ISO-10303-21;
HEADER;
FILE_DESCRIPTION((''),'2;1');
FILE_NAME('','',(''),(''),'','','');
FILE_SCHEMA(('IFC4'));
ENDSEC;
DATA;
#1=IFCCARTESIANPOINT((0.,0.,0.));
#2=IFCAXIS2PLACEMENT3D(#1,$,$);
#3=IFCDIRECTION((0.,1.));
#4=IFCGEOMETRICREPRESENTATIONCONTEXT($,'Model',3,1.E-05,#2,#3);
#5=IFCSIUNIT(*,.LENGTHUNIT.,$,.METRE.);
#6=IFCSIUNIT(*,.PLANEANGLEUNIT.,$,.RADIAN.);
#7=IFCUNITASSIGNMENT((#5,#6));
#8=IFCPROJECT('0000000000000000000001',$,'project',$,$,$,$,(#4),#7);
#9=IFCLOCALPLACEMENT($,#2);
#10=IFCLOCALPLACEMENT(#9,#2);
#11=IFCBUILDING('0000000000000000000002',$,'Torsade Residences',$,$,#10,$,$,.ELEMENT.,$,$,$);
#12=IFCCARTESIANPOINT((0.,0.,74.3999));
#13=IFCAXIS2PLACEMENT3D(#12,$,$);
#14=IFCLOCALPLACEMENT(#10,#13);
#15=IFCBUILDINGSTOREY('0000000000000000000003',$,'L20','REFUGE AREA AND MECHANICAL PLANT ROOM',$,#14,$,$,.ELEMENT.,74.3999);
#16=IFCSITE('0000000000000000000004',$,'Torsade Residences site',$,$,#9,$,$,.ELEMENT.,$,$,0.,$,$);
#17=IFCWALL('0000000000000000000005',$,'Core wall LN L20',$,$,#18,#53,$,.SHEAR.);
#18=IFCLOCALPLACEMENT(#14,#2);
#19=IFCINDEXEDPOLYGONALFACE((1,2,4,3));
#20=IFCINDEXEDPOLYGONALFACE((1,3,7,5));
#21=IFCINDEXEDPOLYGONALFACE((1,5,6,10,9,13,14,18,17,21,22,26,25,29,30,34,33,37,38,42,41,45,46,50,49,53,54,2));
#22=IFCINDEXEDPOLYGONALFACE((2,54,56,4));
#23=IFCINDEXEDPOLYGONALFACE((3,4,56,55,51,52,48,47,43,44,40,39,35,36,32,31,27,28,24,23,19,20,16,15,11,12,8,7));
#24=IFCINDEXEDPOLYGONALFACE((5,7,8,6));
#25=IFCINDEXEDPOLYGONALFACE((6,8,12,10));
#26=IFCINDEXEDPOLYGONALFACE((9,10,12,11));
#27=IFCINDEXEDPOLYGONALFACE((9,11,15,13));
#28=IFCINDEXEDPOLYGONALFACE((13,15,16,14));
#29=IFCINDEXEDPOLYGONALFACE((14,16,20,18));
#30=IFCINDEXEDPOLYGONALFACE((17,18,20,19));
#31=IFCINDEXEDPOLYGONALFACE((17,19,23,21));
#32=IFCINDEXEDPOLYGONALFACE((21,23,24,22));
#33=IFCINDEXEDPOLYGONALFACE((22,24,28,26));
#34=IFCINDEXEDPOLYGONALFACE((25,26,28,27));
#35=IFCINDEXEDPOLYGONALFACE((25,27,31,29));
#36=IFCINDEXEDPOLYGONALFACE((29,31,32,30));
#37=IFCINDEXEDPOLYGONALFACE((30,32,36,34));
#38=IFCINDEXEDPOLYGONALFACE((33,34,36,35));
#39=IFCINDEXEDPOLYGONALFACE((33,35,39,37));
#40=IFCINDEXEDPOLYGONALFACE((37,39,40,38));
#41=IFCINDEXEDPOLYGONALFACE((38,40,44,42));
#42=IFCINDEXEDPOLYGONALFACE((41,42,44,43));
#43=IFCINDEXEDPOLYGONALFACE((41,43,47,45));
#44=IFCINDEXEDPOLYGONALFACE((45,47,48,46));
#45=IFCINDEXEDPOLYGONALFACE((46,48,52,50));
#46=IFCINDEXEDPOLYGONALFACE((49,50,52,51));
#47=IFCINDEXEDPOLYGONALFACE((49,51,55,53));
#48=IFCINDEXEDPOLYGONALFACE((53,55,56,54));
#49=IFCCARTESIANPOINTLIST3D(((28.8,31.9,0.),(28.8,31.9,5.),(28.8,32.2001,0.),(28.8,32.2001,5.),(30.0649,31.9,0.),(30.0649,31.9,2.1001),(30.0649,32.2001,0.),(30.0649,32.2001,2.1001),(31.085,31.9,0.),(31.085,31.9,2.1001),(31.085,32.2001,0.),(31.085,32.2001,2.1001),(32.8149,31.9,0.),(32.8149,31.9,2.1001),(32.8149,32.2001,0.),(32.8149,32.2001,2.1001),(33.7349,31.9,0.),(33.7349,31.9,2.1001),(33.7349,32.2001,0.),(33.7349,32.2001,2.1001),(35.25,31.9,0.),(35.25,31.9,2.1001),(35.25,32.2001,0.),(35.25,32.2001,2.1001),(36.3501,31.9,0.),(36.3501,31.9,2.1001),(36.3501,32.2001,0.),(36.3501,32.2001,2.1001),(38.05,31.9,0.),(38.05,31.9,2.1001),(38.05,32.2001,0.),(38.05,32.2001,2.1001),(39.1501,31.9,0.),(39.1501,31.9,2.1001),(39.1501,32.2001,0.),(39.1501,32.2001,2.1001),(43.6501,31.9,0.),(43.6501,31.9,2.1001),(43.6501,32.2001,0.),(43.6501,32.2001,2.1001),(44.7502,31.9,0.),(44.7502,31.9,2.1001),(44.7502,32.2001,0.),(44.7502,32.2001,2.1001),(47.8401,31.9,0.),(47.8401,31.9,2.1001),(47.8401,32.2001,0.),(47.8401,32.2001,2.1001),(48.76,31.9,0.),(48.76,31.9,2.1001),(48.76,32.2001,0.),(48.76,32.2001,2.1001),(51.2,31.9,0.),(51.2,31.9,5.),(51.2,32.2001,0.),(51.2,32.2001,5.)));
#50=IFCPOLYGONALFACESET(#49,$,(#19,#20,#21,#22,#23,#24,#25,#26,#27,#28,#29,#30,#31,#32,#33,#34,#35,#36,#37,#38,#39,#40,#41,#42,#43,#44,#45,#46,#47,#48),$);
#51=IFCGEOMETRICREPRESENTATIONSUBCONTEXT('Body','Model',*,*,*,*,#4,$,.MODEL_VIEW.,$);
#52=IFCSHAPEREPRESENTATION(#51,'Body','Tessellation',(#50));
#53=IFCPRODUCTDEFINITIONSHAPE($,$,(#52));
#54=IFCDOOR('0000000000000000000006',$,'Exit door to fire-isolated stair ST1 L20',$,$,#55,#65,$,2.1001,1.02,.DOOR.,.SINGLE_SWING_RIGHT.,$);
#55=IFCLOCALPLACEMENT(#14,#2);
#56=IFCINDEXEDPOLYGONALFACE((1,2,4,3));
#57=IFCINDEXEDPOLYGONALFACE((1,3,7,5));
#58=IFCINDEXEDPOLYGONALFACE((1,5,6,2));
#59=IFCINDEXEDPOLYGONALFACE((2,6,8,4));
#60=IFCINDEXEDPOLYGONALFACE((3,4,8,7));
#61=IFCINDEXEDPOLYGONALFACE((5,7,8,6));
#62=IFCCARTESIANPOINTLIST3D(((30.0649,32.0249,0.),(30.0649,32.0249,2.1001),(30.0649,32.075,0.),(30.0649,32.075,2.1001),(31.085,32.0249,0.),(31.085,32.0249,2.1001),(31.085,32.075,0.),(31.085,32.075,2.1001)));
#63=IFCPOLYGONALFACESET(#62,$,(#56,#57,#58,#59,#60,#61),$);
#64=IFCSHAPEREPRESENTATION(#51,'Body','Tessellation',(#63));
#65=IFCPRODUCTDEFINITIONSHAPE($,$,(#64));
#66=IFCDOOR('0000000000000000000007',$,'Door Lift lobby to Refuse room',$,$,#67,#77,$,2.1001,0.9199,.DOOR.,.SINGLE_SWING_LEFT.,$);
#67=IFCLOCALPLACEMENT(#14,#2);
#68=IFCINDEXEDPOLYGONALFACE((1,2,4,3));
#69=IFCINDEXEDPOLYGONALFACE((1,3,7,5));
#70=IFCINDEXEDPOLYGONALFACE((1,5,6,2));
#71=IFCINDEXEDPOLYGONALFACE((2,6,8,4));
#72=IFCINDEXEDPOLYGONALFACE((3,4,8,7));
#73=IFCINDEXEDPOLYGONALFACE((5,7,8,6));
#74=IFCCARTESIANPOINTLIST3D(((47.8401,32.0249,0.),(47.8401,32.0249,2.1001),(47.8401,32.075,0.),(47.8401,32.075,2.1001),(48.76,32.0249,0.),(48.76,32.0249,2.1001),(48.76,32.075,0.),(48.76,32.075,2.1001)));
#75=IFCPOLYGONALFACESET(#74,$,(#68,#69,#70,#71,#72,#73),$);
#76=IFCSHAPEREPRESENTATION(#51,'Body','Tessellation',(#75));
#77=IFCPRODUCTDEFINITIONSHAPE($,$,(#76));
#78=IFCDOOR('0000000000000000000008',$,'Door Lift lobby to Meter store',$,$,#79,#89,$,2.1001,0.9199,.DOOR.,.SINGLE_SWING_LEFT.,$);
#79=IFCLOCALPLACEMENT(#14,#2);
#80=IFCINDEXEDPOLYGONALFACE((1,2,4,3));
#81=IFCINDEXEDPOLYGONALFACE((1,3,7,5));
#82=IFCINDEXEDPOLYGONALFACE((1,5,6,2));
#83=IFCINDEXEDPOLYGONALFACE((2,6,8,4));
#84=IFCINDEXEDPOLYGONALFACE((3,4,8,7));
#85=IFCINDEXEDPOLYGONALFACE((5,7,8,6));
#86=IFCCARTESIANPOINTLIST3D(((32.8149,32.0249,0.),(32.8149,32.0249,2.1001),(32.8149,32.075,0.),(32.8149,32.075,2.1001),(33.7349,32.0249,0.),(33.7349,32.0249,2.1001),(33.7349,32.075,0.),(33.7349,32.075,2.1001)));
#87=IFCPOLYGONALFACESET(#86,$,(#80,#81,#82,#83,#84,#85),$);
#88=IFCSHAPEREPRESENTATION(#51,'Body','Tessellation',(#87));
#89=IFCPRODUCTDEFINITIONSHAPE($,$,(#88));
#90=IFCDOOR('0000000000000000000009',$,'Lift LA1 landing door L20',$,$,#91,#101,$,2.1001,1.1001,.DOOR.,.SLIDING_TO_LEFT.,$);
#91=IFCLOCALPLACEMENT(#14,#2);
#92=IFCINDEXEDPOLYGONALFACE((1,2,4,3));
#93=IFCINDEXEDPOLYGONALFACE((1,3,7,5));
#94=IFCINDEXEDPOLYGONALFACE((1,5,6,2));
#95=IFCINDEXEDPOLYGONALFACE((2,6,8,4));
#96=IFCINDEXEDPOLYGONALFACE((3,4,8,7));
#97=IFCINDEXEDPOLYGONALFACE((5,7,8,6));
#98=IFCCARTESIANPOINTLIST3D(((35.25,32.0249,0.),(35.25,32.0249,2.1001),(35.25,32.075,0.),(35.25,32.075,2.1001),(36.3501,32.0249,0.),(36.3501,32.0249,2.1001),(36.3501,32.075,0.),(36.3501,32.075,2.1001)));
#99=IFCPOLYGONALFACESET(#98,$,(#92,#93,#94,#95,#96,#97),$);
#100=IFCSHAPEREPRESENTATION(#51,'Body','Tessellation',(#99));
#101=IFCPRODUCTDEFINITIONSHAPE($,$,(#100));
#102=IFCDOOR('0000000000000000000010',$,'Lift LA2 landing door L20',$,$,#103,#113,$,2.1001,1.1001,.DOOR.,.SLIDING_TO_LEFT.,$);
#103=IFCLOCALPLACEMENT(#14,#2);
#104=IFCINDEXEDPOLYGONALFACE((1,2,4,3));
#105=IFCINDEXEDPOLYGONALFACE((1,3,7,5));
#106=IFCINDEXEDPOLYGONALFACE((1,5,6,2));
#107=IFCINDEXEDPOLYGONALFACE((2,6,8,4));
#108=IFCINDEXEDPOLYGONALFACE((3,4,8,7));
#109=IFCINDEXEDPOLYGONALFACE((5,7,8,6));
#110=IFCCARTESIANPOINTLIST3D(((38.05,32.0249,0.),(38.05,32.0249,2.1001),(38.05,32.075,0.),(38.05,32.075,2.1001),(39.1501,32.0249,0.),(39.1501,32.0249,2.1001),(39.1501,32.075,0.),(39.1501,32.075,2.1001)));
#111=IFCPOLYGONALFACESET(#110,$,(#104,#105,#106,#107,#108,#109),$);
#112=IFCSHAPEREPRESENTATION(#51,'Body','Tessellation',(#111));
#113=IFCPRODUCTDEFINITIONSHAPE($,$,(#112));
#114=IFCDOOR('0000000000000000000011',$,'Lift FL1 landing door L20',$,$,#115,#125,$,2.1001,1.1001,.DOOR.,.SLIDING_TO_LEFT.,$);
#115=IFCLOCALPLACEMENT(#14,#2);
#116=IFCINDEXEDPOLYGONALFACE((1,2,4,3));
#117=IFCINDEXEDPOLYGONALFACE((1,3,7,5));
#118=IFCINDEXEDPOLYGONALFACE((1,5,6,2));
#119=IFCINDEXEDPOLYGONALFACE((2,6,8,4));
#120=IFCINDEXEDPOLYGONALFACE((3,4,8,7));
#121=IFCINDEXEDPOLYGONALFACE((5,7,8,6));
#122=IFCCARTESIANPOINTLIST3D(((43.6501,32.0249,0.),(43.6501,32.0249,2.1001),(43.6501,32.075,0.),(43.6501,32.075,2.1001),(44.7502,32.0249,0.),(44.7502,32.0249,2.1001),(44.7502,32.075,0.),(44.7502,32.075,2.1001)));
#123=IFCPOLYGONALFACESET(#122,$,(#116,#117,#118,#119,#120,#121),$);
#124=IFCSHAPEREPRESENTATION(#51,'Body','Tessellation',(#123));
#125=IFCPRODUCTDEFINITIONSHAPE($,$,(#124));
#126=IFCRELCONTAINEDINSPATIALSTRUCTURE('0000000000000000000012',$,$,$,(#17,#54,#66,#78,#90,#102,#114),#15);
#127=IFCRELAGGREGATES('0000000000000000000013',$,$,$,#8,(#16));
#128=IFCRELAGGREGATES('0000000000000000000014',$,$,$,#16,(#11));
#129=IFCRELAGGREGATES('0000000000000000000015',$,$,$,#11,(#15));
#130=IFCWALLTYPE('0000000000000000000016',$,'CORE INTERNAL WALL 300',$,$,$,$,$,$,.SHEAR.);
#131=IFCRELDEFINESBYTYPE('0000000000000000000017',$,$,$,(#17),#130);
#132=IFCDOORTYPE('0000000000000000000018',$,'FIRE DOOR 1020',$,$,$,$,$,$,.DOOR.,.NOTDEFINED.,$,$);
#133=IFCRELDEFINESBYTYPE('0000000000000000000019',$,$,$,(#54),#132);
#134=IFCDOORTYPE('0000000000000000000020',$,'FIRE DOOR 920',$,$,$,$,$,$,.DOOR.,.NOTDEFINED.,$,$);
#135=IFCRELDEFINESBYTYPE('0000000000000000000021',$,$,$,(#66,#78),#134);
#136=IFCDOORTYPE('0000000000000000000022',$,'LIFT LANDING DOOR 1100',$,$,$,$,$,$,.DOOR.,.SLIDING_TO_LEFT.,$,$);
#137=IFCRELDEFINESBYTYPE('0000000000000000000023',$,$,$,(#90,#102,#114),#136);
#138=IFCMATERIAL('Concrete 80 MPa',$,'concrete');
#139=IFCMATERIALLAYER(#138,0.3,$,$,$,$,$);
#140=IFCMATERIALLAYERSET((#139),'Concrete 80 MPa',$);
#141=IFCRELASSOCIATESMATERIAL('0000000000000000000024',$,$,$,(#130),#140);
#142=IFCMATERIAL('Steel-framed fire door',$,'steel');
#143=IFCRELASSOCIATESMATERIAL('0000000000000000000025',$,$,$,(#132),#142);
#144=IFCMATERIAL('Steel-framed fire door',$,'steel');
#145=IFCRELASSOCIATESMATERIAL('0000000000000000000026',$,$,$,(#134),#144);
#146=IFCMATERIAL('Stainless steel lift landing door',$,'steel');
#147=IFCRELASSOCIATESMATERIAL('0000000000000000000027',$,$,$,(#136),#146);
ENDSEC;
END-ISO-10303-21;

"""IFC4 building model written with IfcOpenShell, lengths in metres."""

from ifc_helpers import new_model, si_unit, direction, frame, frame_2d, origin, place, context, subcontext, project, spatial, rectangle, extrude, material, layer, layer_set, type_object, element, fill, save


model = new_model("IFC4")

# Units and contexts
model_context = context("Model", 3, precision=1e-05, world=origin(), true_north=direction((0.0, 1.0)))
body_context = subcontext(model_context, "Body", "Model", "MODEL_VIEW")
ifc_project = project(units=[si_unit("LENGTHUNIT", "METRE"), si_unit("PLANEANGLEUNIT", "RADIAN")], contexts=[model_context])

# Site, building, storey
site_placement = place(None, origin())
site = spatial("IfcSite", under=ifc_project, at=site_placement, Name="Torsade Residences site", CompositionType="ELEMENT", RefElevation=0.0)
building_placement = place(site_placement, origin())
building = spatial("IfcBuilding", under=site, at=building_placement, Name="Torsade Residences", CompositionType="ELEMENT")
storey_placement = place(building_placement, frame((0.0, 0.0, 74.3999)))
storey = spatial("IfcBuildingStorey", under=building, at=storey_placement, Name="L20", Description="REFUGE AREA AND MECHANICAL PLANT ROOM", CompositionType="ELEMENT", Elevation=74.3999)

# Wall, openings, doors
ifc_material_1 = material(Name="Concrete 80 MPa", Category="concrete")
ifc_layer_1 = layer(ifc_material_1, 0.3)
ifc_layer_set_1 = layer_set([ifc_layer_1], Name="Concrete 80 MPa")
wall_type_1 = type_object("IfcWallType", Name="CORE INTERNAL WALL 300", PredefinedType="SHEAR", material=ifc_layer_set_1)
wall_1_placement = place(storey_placement, frame((28.8, 32.05, 0.0), z_axis=(0.0, 0.0, 1.0), x_axis=(1.0, 0.0, 0.0)))
wall_1 = element("IfcWall", 1, at=wall_1_placement, inside=storey, type_object=wall_type_1, Name="Core wall LN L20", PredefinedType="SHEAR", context=body_context, shape_type="SweptSolid", body=[
    extrude(rectangle(XDim=22.3999, YDim=0.3, at=frame_2d((11.2, 0.0))), origin(), (0.0, 0.0, 1.0), 5.0),
])
opening_1_placement = place(wall_1_placement, frame((19.04, 0.0, 0.0)))
opening_1 = element("IfcOpeningElement", 2, at=opening_1_placement, cuts=wall_1, PredefinedType="OPENING", context=body_context, shape_type="SweptSolid", body=[
    extrude(rectangle(XDim=0.9199, YDim=2.1001, at=frame_2d((0.46, 1.05))), frame((0.0, 0.1599, 0.0), z_axis=(0.0, -1.0, 0.0), x_axis=(1.0, 0.0, 0.0)), (0.0, 0.0, 1.0), 0.3201),
])
opening_2_placement = place(wall_1_placement, frame((1.2649, 0.0, 0.0)))
opening_2 = element("IfcOpeningElement", 3, at=opening_2_placement, cuts=wall_1, PredefinedType="OPENING", context=body_context, shape_type="SweptSolid", body=[
    extrude(rectangle(XDim=1.02, YDim=2.1001, at=frame_2d((0.51, 1.05))), frame((0.0, 0.1599, 0.0), z_axis=(0.0, -1.0, 0.0), x_axis=(1.0, 0.0, 0.0)), (0.0, 0.0, 1.0), 0.3201),
])
opening_3_placement = place(wall_1_placement, frame((4.0149, 0.0, 0.0)))
opening_3 = element("IfcOpeningElement", 4, at=opening_3_placement, cuts=wall_1, PredefinedType="OPENING", context=body_context, shape_type="SweptSolid", body=[
    extrude(rectangle(XDim=0.9199, YDim=2.1001, at=frame_2d((0.46, 1.05))), frame((0.0, 0.1599, 0.0), z_axis=(0.0, -1.0, 0.0), x_axis=(1.0, 0.0, 0.0)), (0.0, 0.0, 1.0), 0.3201),
])
opening_4_placement = place(wall_1_placement, frame((6.45, 0.0, 0.0)))
opening_4 = element("IfcOpeningElement", 5, at=opening_4_placement, cuts=wall_1, PredefinedType="OPENING", context=body_context, shape_type="SweptSolid", body=[
    extrude(rectangle(XDim=1.1001, YDim=2.1001, at=frame_2d((0.55, 1.05))), frame((0.0, 0.1599, 0.0), z_axis=(0.0, -1.0, 0.0), x_axis=(1.0, 0.0, 0.0)), (0.0, 0.0, 1.0), 0.3201),
])
opening_5_placement = place(wall_1_placement, frame((9.25, 0.0, 0.0)))
opening_5 = element("IfcOpeningElement", 6, at=opening_5_placement, cuts=wall_1, PredefinedType="OPENING", context=body_context, shape_type="SweptSolid", body=[
    extrude(rectangle(XDim=1.1001, YDim=2.1001, at=frame_2d((0.55, 1.05))), frame((0.0, 0.1599, 0.0), z_axis=(0.0, -1.0, 0.0), x_axis=(1.0, 0.0, 0.0)), (0.0, 0.0, 1.0), 0.3201),
])
opening_6_placement = place(wall_1_placement, frame((14.8501, 0.0, 0.0)))
opening_6 = element("IfcOpeningElement", 7, at=opening_6_placement, cuts=wall_1, PredefinedType="OPENING", context=body_context, shape_type="SweptSolid", body=[
    extrude(rectangle(XDim=1.1001, YDim=2.1001, at=frame_2d((0.55, 1.05))), frame((0.0, 0.1599, 0.0), z_axis=(0.0, -1.0, 0.0), x_axis=(1.0, 0.0, 0.0)), (0.0, 0.0, 1.0), 0.3201),
])
ifc_material_2 = material(Name="Steel-framed fire door", Category="steel")
door_type_1 = type_object("IfcDoorType", Name="FIRE DOOR 1020", OperationType="NOTDEFINED", PredefinedType="DOOR", material=ifc_material_2)
door_1_placement = place(opening_2_placement, origin())
door_1 = element("IfcDoor", 8, at=door_1_placement, inside=storey, type_object=door_type_1, Name="Exit door to fire-isolated stair ST1 L20", OperationType="SINGLE_SWING_RIGHT", OverallHeight=2.1001, OverallWidth=1.02, PredefinedType="DOOR", context=body_context, shape_type="SweptSolid", body=[
    extrude(rectangle(XDim=1.02, YDim=2.1001, at=frame_2d((0.51, 1.05))), frame((0.0, 0.0249, 0.0), z_axis=(0.0, -1.0, 0.0), x_axis=(1.0, 0.0, 0.0)), (0.0, 0.0, 1.0), 0.05),
])
fill(opening_2, door_1)
ifc_material_3 = material(Name="Steel-framed fire door", Category="steel")
door_type_2 = type_object("IfcDoorType", Name="FIRE DOOR 920", OperationType="NOTDEFINED", PredefinedType="DOOR", material=ifc_material_3)
door_2_placement = place(opening_1_placement, origin())
door_2 = element("IfcDoor", 9, at=door_2_placement, inside=storey, type_object=door_type_2, Name="Door Lift lobby to Refuse room", OperationType="SINGLE_SWING_LEFT", OverallHeight=2.1001, OverallWidth=0.9199, PredefinedType="DOOR", context=body_context, shape_type="SweptSolid", body=[
    extrude(rectangle(XDim=0.9199, YDim=2.1001, at=frame_2d((0.46, 1.05))), frame((0.0, 0.0249, 0.0), z_axis=(0.0, -1.0, 0.0), x_axis=(1.0, 0.0, 0.0)), (0.0, 0.0, 1.0), 0.05),
])
fill(opening_1, door_2)
door_3_placement = place(opening_3_placement, origin())
door_3 = element("IfcDoor", 10, at=door_3_placement, inside=storey, type_object=door_type_2, Name="Door Lift lobby to Meter store", OperationType="SINGLE_SWING_LEFT", OverallHeight=2.1001, OverallWidth=0.9199, PredefinedType="DOOR", context=body_context, shape_type="SweptSolid", body=[
    extrude(rectangle(XDim=0.9199, YDim=2.1001, at=frame_2d((0.46, 1.05))), frame((0.0, 0.0249, 0.0), z_axis=(0.0, -1.0, 0.0), x_axis=(1.0, 0.0, 0.0)), (0.0, 0.0, 1.0), 0.05),
])
fill(opening_3, door_3)
ifc_material_4 = material(Name="Stainless steel lift landing door", Category="steel")
door_type_3 = type_object("IfcDoorType", Name="LIFT LANDING DOOR 1100", OperationType="SLIDING_TO_LEFT", PredefinedType="DOOR", material=ifc_material_4)
door_4_placement = place(opening_4_placement, origin())
door_4 = element("IfcDoor", 11, at=door_4_placement, inside=storey, type_object=door_type_3, Name="Lift LA1 landing door L20", OperationType="SLIDING_TO_LEFT", OverallHeight=2.1001, OverallWidth=1.1001, PredefinedType="DOOR", context=body_context, shape_type="SweptSolid", body=[
    extrude(rectangle(XDim=1.1001, YDim=2.1001, at=frame_2d((0.55, 1.05))), frame((0.0, 0.0249, 0.0), z_axis=(0.0, -1.0, 0.0), x_axis=(1.0, 0.0, 0.0)), (0.0, 0.0, 1.0), 0.05),
])
fill(opening_4, door_4)
door_5_placement = place(opening_5_placement, origin())
door_5 = element("IfcDoor", 12, at=door_5_placement, inside=storey, type_object=door_type_3, Name="Lift LA2 landing door L20", OperationType="SLIDING_TO_LEFT", OverallHeight=2.1001, OverallWidth=1.1001, PredefinedType="DOOR", context=body_context, shape_type="SweptSolid", body=[
    extrude(rectangle(XDim=1.1001, YDim=2.1001, at=frame_2d((0.55, 1.05))), frame((0.0, 0.0249, 0.0), z_axis=(0.0, -1.0, 0.0), x_axis=(1.0, 0.0, 0.0)), (0.0, 0.0, 1.0), 0.05),
])
fill(opening_5, door_5)
door_6_placement = place(opening_6_placement, origin())
door_6 = element("IfcDoor", 13, at=door_6_placement, inside=storey, type_object=door_type_3, Name="Lift FL1 landing door L20", OperationType="SLIDING_TO_LEFT", OverallHeight=2.1001, OverallWidth=1.1001, PredefinedType="DOOR", context=body_context, shape_type="SweptSolid", body=[
    extrude(rectangle(XDim=1.1001, YDim=2.1001, at=frame_2d((0.55, 1.05))), frame((0.0, 0.0249, 0.0), z_axis=(0.0, -1.0, 0.0), x_axis=(1.0, 0.0, 0.0)), (0.0, 0.0, 1.0), 0.05),
])
fill(opening_6, door_6)

save(model, "model.ifc")
